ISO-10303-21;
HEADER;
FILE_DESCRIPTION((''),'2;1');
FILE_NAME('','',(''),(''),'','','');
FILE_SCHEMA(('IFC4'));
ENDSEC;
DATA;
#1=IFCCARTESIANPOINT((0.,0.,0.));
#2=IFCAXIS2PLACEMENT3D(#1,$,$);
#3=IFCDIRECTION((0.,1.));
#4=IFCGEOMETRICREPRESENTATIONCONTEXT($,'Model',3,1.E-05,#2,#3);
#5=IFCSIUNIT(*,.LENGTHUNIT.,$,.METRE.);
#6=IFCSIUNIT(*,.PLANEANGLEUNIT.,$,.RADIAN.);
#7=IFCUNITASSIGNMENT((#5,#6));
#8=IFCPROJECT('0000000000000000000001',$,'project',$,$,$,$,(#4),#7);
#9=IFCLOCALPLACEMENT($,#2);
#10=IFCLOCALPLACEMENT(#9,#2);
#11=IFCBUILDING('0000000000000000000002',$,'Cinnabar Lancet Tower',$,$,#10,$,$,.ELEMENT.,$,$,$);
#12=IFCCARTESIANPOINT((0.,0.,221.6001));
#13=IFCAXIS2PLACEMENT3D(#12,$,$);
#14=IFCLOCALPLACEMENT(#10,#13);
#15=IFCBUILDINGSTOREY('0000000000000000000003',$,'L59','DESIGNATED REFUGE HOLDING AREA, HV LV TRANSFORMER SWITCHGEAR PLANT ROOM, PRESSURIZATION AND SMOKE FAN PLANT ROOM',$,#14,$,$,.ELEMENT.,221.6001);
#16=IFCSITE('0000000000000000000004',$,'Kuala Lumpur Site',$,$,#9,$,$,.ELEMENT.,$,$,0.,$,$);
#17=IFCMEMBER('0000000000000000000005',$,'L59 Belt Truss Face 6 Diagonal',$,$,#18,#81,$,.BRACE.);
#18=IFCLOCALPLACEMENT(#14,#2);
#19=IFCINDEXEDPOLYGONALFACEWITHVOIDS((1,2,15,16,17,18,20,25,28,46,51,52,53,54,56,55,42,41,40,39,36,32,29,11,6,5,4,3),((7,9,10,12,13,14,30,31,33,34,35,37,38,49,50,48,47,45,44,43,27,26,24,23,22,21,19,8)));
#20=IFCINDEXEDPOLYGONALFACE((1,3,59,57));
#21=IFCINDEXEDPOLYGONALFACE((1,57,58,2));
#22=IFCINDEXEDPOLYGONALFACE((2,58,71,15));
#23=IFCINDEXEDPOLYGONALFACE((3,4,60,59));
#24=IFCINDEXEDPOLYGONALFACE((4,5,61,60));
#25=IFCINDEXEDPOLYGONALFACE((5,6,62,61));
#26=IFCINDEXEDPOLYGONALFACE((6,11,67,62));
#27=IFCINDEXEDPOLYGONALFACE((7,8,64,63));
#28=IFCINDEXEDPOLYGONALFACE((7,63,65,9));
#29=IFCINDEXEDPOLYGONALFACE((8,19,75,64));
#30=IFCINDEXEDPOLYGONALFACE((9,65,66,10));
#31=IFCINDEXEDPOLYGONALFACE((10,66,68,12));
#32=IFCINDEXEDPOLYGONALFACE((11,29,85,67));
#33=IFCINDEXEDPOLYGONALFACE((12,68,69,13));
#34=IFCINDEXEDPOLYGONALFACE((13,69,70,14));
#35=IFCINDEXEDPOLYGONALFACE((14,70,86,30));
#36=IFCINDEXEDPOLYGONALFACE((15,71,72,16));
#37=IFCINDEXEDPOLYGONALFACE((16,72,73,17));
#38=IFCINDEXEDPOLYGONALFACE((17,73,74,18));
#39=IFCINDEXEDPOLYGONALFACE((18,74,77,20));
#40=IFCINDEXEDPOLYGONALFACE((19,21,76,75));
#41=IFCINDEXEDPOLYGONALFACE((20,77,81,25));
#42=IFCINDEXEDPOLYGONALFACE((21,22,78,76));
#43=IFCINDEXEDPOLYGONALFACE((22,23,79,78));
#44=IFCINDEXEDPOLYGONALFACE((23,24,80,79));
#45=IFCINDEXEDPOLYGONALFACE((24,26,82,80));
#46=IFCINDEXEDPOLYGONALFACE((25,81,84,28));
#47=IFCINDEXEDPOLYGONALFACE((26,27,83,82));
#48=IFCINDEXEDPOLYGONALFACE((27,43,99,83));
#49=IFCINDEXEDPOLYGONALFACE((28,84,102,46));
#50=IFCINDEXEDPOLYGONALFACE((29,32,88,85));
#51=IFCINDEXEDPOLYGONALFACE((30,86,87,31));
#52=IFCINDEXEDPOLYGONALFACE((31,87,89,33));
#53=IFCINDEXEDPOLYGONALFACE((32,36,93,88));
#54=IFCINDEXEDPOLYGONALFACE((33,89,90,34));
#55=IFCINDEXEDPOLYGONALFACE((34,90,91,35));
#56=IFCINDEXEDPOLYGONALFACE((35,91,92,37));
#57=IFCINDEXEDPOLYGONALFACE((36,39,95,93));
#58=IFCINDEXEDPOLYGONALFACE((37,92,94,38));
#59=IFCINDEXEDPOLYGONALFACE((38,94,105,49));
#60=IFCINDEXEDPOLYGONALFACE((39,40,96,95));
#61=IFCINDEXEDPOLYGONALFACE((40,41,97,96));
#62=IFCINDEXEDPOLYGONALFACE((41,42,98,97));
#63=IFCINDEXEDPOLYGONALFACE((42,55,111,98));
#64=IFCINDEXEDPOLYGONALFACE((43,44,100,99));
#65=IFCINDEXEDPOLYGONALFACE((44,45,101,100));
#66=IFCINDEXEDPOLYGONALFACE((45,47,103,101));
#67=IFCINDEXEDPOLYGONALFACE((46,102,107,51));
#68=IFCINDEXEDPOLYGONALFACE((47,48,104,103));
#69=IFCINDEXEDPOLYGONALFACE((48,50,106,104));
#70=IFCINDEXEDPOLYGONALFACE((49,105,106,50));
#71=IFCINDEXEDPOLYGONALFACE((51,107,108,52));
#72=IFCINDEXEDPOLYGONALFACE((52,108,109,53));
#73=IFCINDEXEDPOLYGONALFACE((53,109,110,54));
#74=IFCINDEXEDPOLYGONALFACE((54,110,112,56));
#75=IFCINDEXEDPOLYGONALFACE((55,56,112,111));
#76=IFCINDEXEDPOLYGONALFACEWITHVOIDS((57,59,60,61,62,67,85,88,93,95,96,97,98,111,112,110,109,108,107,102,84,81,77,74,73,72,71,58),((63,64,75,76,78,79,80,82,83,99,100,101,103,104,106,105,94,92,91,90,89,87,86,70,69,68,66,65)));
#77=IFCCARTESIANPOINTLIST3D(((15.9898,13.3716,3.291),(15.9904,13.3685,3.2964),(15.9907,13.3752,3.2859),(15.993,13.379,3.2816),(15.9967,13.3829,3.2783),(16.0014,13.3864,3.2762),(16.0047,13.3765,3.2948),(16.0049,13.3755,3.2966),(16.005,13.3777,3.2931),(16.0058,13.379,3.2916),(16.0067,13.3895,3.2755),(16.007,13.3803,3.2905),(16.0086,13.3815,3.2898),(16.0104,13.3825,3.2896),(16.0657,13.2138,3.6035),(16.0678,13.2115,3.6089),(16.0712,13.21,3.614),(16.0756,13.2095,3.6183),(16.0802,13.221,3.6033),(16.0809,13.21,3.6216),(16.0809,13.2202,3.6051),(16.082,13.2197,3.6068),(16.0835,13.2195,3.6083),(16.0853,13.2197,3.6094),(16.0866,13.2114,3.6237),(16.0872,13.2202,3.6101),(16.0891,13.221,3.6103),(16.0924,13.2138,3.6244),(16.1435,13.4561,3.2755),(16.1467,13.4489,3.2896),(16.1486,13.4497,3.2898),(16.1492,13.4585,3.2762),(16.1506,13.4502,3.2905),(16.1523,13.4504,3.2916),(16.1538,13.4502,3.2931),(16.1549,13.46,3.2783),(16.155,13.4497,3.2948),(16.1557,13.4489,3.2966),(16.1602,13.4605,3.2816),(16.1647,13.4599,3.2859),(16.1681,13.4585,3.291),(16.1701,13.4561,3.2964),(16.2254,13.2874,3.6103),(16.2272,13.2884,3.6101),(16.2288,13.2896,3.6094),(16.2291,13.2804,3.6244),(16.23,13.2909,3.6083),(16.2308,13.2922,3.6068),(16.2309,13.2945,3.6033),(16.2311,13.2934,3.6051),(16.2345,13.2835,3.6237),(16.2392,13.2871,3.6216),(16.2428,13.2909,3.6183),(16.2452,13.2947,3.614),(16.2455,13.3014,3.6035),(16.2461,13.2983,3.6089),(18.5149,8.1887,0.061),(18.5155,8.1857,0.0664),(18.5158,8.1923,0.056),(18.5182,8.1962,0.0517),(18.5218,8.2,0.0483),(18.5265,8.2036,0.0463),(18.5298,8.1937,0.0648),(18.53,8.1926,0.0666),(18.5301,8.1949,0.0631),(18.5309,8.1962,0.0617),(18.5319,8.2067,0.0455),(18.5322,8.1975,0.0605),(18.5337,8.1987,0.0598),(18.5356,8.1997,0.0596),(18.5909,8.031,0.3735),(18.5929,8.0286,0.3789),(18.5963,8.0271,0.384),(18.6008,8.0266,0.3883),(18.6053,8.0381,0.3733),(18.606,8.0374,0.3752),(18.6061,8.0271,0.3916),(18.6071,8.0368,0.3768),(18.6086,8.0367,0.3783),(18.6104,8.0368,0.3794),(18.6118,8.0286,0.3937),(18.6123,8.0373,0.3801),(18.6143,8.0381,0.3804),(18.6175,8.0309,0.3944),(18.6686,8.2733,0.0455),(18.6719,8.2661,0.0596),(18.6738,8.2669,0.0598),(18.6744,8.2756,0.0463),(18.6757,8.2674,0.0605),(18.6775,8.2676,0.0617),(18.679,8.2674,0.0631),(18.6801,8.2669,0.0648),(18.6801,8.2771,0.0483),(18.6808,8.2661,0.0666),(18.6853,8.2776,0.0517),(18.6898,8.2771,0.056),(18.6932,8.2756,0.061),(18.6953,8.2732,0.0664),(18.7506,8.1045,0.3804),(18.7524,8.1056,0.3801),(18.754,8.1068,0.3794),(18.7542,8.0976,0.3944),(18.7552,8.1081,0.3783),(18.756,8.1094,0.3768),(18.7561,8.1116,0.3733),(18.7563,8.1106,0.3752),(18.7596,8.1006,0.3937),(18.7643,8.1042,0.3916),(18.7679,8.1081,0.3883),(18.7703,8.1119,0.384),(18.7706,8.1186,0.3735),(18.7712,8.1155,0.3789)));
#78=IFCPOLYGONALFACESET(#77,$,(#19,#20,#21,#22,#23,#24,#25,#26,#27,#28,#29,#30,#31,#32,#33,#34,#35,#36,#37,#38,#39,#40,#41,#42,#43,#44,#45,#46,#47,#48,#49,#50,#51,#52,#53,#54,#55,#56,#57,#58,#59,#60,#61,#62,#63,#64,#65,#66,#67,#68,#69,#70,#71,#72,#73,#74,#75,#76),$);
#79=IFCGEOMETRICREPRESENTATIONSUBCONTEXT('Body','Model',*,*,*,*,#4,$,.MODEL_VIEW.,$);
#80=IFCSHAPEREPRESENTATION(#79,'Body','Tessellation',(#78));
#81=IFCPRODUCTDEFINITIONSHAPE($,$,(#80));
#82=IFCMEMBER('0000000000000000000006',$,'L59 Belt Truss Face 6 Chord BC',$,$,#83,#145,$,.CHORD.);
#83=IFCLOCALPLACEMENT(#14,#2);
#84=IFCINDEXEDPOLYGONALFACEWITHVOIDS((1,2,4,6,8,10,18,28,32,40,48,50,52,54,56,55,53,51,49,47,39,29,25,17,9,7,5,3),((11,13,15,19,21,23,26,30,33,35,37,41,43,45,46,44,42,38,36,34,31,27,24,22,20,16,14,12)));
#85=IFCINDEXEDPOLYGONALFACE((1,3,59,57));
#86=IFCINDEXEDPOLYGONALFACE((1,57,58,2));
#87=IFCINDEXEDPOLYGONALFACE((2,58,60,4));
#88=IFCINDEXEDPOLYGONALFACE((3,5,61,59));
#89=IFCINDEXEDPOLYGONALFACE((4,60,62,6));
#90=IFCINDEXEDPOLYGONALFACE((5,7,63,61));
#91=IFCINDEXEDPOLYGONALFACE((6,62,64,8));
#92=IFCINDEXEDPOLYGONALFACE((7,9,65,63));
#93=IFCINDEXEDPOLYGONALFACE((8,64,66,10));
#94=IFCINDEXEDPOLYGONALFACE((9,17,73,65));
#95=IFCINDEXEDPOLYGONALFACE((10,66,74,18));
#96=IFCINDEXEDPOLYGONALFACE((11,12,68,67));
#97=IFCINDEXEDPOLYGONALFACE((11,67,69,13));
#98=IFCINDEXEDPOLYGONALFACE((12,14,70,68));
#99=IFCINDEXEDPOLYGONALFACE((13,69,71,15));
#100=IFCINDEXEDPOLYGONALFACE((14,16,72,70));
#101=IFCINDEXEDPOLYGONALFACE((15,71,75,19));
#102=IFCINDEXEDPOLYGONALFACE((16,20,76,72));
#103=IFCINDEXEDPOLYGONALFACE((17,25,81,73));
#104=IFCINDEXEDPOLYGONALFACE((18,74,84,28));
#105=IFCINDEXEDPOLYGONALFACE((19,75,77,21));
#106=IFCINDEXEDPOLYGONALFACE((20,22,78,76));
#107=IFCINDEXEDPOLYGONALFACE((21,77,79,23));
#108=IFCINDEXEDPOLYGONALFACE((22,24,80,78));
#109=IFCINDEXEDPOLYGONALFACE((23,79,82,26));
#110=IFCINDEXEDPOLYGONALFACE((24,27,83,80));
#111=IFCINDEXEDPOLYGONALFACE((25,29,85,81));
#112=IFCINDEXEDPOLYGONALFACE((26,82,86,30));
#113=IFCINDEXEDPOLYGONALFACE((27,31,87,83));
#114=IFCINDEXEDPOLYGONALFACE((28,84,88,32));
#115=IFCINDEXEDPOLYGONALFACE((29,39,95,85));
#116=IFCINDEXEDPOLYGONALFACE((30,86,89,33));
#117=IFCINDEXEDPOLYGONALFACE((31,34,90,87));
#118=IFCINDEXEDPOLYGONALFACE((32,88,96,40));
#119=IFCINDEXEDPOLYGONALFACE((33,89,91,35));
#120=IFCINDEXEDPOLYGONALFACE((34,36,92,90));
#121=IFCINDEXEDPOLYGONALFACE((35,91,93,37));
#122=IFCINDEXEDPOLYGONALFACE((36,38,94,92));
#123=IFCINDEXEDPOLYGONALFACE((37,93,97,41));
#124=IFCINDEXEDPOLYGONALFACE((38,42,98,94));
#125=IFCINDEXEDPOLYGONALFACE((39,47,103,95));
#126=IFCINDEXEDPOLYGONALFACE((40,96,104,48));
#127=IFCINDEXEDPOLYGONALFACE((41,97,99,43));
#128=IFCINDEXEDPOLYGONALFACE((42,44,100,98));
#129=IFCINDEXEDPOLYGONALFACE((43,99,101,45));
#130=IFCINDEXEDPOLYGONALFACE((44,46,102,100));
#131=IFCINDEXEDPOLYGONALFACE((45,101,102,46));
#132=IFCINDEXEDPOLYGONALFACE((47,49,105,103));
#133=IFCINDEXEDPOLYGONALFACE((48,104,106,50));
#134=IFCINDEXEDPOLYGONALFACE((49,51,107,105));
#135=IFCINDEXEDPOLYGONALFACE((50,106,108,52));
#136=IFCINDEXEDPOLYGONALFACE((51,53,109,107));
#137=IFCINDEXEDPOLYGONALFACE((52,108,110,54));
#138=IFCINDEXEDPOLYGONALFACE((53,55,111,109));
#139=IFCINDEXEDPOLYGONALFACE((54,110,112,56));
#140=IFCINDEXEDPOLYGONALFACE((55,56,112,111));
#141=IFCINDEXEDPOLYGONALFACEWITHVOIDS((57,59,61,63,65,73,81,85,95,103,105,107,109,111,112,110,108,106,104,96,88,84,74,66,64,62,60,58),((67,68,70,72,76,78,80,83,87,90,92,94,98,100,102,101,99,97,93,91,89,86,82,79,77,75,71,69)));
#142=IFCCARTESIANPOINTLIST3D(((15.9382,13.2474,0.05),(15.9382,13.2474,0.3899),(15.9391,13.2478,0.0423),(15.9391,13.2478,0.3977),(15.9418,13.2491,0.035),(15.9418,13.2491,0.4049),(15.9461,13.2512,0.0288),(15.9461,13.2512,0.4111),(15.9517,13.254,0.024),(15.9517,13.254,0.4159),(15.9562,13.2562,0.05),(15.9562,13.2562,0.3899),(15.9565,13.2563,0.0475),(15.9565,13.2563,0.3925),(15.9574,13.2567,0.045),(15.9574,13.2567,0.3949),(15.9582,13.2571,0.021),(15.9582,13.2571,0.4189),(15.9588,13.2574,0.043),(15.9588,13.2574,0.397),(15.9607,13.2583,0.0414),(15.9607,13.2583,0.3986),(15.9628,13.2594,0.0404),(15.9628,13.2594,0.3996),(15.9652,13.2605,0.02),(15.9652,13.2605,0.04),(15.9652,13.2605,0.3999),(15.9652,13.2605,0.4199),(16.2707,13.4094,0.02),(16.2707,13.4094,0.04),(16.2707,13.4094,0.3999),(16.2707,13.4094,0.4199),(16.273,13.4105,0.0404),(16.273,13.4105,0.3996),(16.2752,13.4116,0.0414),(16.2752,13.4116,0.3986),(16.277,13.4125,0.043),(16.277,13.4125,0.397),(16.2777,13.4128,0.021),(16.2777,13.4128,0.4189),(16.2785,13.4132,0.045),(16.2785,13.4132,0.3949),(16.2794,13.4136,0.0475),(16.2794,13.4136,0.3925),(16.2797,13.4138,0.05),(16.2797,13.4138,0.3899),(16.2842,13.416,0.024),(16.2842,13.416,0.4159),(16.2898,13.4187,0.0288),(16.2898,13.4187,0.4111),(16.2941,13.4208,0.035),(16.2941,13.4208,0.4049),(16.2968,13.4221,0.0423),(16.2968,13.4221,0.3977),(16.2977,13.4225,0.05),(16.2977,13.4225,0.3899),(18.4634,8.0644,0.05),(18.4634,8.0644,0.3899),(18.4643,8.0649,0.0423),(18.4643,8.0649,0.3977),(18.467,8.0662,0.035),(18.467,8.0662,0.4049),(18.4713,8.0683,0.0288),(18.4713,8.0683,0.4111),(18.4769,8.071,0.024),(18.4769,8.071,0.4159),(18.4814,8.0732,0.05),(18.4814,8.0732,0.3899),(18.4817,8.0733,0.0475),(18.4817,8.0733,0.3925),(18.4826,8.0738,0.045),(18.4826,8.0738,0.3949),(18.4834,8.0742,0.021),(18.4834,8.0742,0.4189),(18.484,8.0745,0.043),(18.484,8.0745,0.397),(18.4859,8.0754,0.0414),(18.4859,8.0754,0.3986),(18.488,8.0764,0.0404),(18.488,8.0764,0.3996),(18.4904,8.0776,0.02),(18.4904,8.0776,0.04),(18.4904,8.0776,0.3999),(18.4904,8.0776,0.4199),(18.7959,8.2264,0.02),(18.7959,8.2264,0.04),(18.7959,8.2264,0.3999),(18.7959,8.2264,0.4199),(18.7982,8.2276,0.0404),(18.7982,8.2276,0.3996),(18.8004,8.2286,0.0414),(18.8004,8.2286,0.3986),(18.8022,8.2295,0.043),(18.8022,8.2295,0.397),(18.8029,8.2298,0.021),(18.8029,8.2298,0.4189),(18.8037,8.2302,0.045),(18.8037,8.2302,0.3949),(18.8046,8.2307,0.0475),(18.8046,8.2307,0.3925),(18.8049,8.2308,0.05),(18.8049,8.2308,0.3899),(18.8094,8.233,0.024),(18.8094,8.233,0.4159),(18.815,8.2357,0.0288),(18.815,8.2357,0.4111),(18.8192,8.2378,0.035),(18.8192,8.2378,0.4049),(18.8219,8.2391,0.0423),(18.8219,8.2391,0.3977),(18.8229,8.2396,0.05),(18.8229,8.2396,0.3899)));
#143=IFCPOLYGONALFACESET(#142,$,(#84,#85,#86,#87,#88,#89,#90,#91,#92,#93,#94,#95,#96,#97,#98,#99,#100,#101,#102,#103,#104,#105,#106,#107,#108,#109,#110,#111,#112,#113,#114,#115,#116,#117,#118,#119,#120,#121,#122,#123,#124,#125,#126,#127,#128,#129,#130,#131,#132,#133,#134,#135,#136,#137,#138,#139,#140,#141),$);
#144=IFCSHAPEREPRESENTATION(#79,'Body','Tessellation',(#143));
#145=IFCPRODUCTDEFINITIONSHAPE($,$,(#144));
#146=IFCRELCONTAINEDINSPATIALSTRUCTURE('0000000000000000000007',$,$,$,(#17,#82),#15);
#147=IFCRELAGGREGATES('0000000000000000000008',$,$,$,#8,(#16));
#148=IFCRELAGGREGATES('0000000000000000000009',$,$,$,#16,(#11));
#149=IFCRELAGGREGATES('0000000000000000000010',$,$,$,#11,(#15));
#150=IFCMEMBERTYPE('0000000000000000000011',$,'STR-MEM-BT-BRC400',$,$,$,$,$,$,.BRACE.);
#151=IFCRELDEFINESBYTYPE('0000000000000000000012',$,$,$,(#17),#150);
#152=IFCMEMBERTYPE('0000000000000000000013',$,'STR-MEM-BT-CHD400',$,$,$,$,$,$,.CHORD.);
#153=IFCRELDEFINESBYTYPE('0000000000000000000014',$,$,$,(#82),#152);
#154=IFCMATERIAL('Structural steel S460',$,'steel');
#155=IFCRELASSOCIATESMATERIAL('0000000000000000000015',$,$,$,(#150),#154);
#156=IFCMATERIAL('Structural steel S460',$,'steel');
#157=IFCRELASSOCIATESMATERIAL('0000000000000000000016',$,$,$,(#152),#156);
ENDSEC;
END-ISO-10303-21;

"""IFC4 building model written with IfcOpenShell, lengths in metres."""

from ifc_helpers import new_model, si_unit, direction, frame, origin, origin_2d, place, context, subcontext, project, spatial, hollow_rectangle, extrude, material, material_profile, profile_set, type_object, element, save


model = new_model("IFC4")

# Units and contexts
model_context = context("Model", 3, precision=1e-05, world=origin(), true_north=direction((0.0, 1.0)))
body_context = subcontext(model_context, "Body", "Model", "MODEL_VIEW")
ifc_project = project(units=[si_unit("LENGTHUNIT", "METRE"), si_unit("PLANEANGLEUNIT", "RADIAN")], contexts=[model_context])

# Site, building, storey
site_placement = place(None, origin())
site = spatial("IfcSite", under=ifc_project, at=site_placement, Name="Kuala Lumpur Site", CompositionType="ELEMENT", RefElevation=0.0)
building_placement = place(site_placement, origin())
building = spatial("IfcBuilding", under=site, at=building_placement, Name="Cinnabar Lancet Tower", CompositionType="ELEMENT")
storey_placement = place(building_placement, frame((0.0, 0.0, 221.6001)))
storey = spatial("IfcBuildingStorey", under=building, at=storey_placement, Name="L59", Description="DESIGNATED REFUGE HOLDING AREA, HV LV TRANSFORMER SWITCHGEAR PLANT ROOM, PRESSURIZATION AND SMOKE FAN PLANT ROOM", CompositionType="ELEMENT", Elevation=221.6001)

# Members
ifc_material_1 = material(Name="Structural steel S460", Category="steel")
ifc_material_profile_1 = material_profile(ifc_material_1, hollow_rectangle(XDim=0.2, YDim=0.3999, WallThickness=0.0161, InnerFilletRadius=0.0081, OuterFilletRadius=0.0239, at=origin_2d()), Name="RHS 400x200x16")
ifc_profile_set_1 = profile_set([ifc_material_profile_1], Name="Structural steel S460")
member_type_1 = type_object("IfcMemberType", Name="STR-MEM-BT-BRC400", PredefinedType="BRACE", material=ifc_profile_set_1)
member_placement = place(storey_placement, frame((16.1179, 13.335, 3.45), z_axis=(0.382111, -0.784282, -0.488768), x_axis=(0.898979, 0.437992, 0.0)))
element("IfcMember", 1, at=member_placement, inside=storey, type_object=member_type_1, Name="L59 Belt Truss Face 6 Diagonal", PredefinedType="BRACE", context=body_context, shape_type="SweptSolid", body=[
    extrude(hollow_rectangle(XDim=0.2, YDim=0.3999, WallThickness=0.0161, InnerFilletRadius=0.0081, OuterFilletRadius=0.0239, at=origin_2d()), origin(), (0.0, 0.0, 1.0), 6.6084),
])
ifc_material_2 = material(Name="Structural steel S460", Category="steel")
ifc_material_profile_2 = material_profile(ifc_material_2, hollow_rectangle(XDim=0.3999, YDim=0.3999, WallThickness=0.02, InnerFilletRadius=0.01, OuterFilletRadius=0.03, at=origin_2d()), Name="SHS 400x400x20")
ifc_profile_set_2 = profile_set([ifc_material_profile_2], Name="Structural steel S460")
member_type_2 = type_object("IfcMemberType", Name="STR-MEM-BT-CHD400", PredefinedType="CHORD", material=ifc_profile_set_2)
for number, where, z_axis, x_axis, name in (
    (2, (16.1179, 13.335, 0.22), (0.437992, -0.898979, 0.0), (0.898979, 0.437992, 0.0), "L59 Belt Truss Face 6 Chord BC"),
):
    element("IfcMember", number, at=place(storey_placement, frame(where, z_axis=z_axis, x_axis=x_axis)), inside=storey, type_object=member_type_2, Name=name, PredefinedType="CHORD", context=body_context, shape_type="SweptSolid", body=[
        extrude(hollow_rectangle(XDim=0.3999, YDim=0.3999, WallThickness=0.02, InnerFilletRadius=0.01, OuterFilletRadius=0.03, at=origin_2d()), origin(), (0.0, 0.0, 1.0), 5.7654),
    ])

save(model, "model.ifc")
